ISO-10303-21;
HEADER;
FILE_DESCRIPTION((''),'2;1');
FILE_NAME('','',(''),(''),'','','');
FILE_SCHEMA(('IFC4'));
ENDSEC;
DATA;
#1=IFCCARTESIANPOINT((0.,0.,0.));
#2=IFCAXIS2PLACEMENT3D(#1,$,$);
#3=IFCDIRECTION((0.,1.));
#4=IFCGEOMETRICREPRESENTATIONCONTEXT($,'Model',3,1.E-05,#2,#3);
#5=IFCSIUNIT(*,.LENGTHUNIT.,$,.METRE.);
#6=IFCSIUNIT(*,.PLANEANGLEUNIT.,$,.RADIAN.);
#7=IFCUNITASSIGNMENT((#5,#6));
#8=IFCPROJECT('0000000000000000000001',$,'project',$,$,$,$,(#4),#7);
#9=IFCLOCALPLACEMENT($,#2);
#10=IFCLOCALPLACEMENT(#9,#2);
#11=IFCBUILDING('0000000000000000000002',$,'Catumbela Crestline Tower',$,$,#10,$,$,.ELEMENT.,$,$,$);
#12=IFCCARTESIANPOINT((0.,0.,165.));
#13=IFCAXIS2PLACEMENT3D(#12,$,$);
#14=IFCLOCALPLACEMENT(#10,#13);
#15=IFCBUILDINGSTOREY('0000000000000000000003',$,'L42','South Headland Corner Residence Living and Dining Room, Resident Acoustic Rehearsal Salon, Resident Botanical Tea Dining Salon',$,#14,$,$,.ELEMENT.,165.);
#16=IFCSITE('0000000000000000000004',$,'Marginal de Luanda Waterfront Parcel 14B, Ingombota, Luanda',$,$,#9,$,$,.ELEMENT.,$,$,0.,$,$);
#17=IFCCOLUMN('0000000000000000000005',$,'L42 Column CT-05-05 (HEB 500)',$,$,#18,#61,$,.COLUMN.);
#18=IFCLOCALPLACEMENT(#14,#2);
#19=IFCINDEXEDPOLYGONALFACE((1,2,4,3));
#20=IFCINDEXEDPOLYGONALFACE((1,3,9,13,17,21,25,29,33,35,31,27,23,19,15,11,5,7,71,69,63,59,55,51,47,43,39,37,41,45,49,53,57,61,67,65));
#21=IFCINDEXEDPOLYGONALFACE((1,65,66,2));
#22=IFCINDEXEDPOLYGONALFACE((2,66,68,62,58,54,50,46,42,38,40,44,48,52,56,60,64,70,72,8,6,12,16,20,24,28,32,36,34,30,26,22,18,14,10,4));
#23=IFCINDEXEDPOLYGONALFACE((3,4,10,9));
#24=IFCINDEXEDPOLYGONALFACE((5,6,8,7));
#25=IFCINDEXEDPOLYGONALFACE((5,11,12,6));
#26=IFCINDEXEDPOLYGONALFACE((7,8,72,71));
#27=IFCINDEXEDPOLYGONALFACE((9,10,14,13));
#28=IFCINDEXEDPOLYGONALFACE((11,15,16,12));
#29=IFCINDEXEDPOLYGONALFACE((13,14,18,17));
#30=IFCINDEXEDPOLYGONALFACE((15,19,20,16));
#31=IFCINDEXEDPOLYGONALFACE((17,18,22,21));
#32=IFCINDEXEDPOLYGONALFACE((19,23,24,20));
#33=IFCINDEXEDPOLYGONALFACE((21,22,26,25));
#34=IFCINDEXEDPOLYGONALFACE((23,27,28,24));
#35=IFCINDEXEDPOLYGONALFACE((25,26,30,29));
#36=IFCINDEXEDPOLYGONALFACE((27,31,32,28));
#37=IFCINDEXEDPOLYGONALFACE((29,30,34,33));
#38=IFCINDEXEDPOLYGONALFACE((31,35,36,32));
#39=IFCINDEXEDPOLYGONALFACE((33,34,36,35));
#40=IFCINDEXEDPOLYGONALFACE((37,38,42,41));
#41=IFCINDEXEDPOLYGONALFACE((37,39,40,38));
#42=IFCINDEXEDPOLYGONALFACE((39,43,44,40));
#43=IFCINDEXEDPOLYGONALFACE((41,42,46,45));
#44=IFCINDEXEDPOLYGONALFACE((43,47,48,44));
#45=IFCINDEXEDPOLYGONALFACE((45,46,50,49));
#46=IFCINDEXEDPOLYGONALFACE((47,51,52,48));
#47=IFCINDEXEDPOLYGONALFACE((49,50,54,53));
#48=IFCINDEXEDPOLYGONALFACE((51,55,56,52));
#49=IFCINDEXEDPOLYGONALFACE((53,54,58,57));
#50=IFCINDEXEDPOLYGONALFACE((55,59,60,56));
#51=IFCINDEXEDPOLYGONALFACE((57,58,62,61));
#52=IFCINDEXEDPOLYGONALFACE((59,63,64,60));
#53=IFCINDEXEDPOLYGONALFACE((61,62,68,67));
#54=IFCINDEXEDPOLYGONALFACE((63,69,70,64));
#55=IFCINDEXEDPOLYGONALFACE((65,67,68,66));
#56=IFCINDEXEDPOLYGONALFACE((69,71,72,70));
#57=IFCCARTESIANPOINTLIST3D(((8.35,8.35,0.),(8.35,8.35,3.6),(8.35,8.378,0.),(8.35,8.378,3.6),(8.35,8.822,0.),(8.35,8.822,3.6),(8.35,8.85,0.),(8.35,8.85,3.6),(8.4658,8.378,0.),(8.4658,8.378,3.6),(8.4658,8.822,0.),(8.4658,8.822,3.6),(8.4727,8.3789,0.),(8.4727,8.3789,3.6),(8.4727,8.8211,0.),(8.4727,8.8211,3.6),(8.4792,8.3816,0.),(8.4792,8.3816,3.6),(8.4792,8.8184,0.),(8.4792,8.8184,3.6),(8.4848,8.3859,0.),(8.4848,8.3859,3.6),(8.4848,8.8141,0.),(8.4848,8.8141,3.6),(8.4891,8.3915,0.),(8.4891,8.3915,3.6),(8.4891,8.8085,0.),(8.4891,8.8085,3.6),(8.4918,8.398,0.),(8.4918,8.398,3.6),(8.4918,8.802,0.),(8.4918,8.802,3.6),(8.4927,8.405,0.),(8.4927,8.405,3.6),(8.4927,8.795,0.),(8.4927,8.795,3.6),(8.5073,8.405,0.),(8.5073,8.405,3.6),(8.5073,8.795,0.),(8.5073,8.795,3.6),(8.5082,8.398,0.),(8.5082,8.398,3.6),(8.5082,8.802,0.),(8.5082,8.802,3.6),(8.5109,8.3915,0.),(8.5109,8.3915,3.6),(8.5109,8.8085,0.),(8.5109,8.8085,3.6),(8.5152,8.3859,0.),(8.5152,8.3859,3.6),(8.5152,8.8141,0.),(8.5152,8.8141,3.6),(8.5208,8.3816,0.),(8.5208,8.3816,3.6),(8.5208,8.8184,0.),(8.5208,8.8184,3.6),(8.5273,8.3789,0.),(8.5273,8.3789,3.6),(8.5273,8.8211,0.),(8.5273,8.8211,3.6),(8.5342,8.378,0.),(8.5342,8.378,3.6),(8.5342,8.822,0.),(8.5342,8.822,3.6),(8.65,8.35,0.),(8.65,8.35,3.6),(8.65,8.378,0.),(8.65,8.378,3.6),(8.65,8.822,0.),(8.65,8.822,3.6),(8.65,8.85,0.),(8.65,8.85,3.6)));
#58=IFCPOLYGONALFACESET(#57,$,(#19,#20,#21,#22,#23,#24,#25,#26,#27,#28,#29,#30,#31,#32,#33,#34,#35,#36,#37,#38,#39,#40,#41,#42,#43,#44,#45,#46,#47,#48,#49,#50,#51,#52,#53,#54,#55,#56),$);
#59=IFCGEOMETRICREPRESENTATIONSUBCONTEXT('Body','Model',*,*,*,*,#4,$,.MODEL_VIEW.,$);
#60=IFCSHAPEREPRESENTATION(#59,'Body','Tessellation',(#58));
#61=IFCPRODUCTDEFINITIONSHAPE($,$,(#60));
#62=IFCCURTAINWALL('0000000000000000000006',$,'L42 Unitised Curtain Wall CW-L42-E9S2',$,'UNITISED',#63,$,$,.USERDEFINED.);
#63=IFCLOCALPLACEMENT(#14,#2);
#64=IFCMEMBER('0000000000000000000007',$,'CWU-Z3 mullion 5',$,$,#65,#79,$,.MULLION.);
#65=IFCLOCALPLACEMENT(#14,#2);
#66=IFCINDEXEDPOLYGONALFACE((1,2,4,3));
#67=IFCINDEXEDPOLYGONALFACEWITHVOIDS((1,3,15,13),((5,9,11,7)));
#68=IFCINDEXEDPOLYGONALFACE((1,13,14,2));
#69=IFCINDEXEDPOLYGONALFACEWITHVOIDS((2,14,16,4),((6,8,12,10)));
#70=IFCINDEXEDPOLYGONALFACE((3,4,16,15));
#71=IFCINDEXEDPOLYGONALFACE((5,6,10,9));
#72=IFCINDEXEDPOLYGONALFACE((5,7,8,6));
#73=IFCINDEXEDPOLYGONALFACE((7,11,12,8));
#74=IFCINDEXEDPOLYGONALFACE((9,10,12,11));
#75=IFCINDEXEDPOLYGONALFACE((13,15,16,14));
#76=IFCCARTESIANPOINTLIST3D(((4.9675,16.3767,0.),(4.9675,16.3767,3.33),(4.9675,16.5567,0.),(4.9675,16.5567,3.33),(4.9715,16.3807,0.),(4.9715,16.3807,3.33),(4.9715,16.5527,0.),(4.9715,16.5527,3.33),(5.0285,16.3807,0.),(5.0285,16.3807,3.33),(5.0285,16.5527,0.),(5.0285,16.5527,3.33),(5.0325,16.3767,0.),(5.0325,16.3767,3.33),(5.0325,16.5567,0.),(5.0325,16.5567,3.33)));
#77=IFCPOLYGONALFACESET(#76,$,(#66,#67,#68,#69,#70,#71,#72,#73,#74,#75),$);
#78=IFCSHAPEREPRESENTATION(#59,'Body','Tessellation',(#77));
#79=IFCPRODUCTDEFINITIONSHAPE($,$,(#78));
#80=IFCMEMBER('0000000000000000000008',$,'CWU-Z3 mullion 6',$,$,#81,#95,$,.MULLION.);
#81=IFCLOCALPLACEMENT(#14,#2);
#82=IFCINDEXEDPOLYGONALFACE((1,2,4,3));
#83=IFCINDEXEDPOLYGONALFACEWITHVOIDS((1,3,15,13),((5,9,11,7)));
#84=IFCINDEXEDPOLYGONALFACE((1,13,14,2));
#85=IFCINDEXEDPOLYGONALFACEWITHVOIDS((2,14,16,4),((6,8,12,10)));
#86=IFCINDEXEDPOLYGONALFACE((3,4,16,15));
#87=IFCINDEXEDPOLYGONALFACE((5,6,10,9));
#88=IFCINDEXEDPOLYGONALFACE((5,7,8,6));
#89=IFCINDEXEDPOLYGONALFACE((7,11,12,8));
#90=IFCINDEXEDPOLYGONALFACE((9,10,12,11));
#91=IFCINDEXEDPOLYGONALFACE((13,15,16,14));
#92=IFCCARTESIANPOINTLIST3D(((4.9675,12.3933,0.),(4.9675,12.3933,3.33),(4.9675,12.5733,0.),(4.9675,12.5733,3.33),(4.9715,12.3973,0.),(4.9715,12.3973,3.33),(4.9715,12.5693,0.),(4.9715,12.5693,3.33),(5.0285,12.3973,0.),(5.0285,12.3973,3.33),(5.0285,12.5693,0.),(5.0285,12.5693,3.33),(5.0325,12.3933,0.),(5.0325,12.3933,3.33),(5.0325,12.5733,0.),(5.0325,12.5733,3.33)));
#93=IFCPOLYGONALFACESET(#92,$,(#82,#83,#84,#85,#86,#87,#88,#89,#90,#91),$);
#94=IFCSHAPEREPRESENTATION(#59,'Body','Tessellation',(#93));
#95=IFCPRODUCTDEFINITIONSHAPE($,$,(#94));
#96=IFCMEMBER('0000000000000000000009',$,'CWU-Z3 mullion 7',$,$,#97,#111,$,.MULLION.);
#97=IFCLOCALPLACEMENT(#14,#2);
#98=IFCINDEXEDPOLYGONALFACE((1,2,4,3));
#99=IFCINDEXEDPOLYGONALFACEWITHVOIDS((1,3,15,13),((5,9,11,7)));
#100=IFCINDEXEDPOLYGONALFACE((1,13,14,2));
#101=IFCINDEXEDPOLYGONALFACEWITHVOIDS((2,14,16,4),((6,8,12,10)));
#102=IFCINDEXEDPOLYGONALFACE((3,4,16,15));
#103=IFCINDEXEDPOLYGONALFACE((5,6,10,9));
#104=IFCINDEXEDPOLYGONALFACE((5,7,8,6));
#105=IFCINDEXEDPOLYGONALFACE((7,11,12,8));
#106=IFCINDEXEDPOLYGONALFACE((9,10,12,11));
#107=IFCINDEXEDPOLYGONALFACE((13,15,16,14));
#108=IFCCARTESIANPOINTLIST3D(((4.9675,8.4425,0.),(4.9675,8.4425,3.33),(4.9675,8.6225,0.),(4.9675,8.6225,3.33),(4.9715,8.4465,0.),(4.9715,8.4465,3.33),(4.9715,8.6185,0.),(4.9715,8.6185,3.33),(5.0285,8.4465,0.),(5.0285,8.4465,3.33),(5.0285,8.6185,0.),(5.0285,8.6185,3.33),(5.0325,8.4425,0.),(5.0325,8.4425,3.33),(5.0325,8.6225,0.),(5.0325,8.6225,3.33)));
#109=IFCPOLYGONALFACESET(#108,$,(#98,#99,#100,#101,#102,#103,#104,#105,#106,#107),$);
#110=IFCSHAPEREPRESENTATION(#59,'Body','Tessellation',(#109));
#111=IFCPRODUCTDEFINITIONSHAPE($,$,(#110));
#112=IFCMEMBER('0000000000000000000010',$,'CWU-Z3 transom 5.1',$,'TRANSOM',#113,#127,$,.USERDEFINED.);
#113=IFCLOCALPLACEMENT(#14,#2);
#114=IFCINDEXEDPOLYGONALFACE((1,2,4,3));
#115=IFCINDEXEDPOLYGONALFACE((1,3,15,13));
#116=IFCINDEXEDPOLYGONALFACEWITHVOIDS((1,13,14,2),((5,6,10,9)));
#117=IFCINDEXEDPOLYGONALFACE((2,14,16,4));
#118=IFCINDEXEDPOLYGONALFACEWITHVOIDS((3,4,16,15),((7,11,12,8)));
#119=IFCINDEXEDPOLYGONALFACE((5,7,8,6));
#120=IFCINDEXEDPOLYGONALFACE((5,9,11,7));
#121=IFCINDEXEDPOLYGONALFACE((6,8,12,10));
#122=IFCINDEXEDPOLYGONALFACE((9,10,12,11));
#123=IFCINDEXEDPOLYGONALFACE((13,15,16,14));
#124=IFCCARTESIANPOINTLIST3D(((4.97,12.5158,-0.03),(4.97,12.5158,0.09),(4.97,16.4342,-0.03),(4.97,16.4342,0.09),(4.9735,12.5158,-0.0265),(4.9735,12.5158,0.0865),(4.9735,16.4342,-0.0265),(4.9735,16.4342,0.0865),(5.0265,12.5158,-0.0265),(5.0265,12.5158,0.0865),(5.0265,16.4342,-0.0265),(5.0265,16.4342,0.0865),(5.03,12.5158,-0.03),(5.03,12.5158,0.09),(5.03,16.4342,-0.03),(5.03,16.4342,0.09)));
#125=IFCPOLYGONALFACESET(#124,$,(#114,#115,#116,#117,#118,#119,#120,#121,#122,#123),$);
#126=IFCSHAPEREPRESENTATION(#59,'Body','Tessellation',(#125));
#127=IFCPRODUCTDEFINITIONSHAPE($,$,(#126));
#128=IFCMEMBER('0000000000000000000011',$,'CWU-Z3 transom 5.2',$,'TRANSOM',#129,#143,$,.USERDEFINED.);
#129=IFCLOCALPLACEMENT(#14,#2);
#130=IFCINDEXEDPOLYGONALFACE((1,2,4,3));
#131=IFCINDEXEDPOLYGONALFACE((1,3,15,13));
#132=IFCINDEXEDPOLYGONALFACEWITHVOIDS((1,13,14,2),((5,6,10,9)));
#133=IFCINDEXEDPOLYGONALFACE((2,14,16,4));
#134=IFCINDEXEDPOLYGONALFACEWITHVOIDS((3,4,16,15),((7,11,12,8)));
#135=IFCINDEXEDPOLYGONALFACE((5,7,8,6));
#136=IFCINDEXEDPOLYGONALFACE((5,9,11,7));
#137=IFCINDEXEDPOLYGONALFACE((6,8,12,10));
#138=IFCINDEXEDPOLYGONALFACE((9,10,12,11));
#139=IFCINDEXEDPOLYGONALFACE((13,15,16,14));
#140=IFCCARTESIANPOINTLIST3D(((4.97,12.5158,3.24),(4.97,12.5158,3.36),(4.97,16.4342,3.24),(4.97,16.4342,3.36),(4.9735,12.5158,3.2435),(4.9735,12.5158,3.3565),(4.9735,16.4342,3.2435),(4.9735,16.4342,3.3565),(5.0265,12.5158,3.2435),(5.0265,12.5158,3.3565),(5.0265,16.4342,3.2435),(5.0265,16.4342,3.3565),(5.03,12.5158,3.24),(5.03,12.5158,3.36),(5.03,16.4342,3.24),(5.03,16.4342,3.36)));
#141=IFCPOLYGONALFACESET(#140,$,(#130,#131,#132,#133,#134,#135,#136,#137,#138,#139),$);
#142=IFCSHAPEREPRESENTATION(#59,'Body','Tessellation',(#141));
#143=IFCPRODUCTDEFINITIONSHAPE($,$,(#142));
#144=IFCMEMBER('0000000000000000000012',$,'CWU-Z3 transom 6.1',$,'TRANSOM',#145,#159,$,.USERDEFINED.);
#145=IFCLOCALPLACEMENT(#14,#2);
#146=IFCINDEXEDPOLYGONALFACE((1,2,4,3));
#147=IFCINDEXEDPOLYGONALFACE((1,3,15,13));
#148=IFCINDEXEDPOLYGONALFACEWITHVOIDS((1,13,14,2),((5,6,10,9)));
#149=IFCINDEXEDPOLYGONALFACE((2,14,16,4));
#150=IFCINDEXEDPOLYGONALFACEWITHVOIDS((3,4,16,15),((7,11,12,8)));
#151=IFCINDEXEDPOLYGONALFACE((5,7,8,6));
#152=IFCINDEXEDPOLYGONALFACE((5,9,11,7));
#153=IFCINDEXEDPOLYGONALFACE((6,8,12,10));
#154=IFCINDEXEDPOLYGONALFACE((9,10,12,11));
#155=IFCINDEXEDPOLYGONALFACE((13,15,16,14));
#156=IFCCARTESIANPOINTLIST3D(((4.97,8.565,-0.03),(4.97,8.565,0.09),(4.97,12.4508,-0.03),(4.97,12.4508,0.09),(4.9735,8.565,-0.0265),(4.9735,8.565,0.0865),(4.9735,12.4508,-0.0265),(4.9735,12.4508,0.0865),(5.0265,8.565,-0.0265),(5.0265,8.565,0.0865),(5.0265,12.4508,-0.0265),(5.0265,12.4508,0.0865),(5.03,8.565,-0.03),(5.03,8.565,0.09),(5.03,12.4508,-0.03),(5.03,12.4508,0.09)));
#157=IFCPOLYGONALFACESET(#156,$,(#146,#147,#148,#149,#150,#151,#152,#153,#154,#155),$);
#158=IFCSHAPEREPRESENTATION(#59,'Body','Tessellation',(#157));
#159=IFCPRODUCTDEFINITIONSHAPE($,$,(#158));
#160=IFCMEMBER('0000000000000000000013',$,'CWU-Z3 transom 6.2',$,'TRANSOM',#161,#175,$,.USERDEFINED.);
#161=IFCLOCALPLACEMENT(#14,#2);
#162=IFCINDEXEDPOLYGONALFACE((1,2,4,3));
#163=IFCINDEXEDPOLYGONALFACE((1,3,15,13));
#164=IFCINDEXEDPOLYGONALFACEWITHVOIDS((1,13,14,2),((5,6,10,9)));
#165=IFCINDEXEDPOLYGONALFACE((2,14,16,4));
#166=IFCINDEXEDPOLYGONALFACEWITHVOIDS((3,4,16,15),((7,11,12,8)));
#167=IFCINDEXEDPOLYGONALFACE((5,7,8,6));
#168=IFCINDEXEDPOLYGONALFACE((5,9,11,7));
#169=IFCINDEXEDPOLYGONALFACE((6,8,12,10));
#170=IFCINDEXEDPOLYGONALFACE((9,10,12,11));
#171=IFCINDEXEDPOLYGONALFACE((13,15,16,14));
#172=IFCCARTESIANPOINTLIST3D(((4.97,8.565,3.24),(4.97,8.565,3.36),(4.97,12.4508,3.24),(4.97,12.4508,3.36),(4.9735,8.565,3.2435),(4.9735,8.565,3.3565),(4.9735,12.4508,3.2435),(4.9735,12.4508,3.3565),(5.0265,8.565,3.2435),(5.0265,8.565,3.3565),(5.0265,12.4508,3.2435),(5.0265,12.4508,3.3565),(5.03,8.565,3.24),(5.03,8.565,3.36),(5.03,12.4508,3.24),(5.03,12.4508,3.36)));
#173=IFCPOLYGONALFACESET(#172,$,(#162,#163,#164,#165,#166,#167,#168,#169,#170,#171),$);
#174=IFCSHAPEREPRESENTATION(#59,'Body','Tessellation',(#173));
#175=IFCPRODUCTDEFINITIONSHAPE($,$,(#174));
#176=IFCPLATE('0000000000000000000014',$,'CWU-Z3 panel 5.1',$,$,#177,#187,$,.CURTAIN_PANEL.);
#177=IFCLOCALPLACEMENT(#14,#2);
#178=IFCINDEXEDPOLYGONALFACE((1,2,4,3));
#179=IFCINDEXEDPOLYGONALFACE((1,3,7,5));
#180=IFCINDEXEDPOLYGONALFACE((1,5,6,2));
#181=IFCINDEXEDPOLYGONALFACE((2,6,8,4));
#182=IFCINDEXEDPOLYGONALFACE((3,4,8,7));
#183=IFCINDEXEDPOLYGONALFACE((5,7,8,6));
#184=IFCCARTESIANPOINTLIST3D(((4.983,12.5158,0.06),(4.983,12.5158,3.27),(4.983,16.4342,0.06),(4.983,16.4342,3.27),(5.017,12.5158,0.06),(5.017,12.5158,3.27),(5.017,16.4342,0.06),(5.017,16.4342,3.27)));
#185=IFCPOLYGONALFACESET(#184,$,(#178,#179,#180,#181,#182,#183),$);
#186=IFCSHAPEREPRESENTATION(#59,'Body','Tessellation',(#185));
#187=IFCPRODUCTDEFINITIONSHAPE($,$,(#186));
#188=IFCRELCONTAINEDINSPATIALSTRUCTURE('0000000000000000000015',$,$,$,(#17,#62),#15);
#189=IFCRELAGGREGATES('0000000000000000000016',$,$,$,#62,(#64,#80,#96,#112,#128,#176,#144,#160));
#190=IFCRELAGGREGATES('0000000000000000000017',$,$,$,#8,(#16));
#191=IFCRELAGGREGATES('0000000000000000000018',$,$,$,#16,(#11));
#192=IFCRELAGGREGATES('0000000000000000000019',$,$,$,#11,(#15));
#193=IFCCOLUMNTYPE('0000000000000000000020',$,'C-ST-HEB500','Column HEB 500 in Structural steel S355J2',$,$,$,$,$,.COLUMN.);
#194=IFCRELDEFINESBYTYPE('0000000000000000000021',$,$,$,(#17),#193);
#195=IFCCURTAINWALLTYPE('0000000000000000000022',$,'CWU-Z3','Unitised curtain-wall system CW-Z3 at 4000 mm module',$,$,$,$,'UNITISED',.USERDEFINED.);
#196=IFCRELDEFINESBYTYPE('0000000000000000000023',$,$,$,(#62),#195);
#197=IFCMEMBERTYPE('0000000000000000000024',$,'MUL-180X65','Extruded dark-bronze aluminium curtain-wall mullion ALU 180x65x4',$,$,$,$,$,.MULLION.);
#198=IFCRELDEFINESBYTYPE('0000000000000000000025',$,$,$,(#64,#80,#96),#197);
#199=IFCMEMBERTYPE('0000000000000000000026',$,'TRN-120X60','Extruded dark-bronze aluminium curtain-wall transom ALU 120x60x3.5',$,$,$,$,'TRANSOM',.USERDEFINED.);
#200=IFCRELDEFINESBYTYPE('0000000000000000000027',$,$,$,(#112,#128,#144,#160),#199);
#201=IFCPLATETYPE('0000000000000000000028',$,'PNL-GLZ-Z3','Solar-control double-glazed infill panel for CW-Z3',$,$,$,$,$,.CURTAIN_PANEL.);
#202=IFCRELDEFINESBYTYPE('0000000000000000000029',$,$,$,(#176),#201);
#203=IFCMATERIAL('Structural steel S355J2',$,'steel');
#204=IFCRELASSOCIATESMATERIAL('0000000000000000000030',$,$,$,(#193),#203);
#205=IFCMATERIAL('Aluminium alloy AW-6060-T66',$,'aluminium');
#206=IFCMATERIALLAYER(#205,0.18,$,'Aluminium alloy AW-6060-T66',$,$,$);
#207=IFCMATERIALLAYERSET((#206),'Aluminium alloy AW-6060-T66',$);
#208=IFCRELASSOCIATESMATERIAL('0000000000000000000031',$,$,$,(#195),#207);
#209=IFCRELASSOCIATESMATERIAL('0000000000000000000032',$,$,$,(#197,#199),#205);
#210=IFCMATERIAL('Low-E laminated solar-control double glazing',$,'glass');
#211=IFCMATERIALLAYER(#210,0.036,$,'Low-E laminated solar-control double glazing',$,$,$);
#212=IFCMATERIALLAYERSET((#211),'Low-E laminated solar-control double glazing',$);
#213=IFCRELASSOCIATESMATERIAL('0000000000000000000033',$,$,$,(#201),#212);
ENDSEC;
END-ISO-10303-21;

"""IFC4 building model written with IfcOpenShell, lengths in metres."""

from ifc_helpers import new_model, si_unit, direction, frame, origin, origin_2d, place, context, subcontext, project, spatial, rectangle, hollow_rectangle, i_section, extrude, material, layer, layer_set, material_profile, profile_set, type_object, element, aggregate, save


model = new_model("IFC4")

# Units and contexts
model_context = context("Model", 3, precision=1e-05, world=origin(), true_north=direction((0.0, 1.0)))
body_context = subcontext(model_context, "Body", "Model", "MODEL_VIEW")
ifc_project = project(units=[si_unit("LENGTHUNIT", "METRE"), si_unit("PLANEANGLEUNIT", "RADIAN")], contexts=[model_context])

# Site, building, storey
site_placement = place(None, origin())
site = spatial("IfcSite", under=ifc_project, at=site_placement, Name="Marginal de Luanda Waterfront Parcel 14B, Ingombota, Luanda", CompositionType="ELEMENT", RefElevation=0.0)
building_placement = place(site_placement, origin())
building = spatial("IfcBuilding", under=site, at=building_placement, Name="Catumbela Crestline Tower", CompositionType="ELEMENT")
storey_placement = place(building_placement, frame((0.0, 0.0, 165.0)))
storey = spatial("IfcBuildingStorey", under=building, at=storey_placement, Name="L42", Description="South Headland Corner Residence Living and Dining Room, Resident Acoustic Rehearsal Salon, Resident Botanical Tea Dining Salon", CompositionType="ELEMENT", Elevation=165.0)

# Column
ifc_material_1 = material(Name="Structural steel S355J2", Category="steel")
ifc_material_profile_1 = material_profile(ifc_material_1, i_section(OverallWidth=0.3, OverallDepth=0.5, WebThickness=0.0145, FlangeThickness=0.028, FilletRadius=0.027, at=origin_2d()), Name="HEB 500")
ifc_profile_set_1 = profile_set([ifc_material_profile_1], Name="Structural steel S355J2")
column_type = type_object("IfcColumnType", Name="C-ST-HEB500", Description="Column HEB 500 in Structural steel S355J2", PredefinedType="COLUMN", material=ifc_profile_set_1)
column_placement = place(storey_placement, frame((8.5, 8.6, 0.0), z_axis=(0.0, 0.0, 1.0), x_axis=(1.0, 0.0, 0.0)))
element("IfcColumn", 1, at=column_placement, inside=storey, type_object=column_type, Name="L42 Column CT-05-05 (HEB 500)", PredefinedType="COLUMN", context=body_context, shape_type="SweptSolid", body=[
    extrude(i_section(OverallWidth=0.3, OverallDepth=0.5, WebThickness=0.0145, FlangeThickness=0.028, FilletRadius=0.027, at=origin_2d()), origin(), (0.0, 0.0, 1.0), 3.6),
])

# Curtain wall, members, plate
ifc_material_2 = material(Name="Aluminium alloy AW-6060-T66", Category="aluminium")
ifc_layer_1 = layer(ifc_material_2, 0.18, Name="Aluminium alloy AW-6060-T66")
ifc_layer_set_1 = layer_set([ifc_layer_1], Name="Aluminium alloy AW-6060-T66")
curtain_wall_type = type_object("IfcCurtainWallType", Name="CWU-Z3", Description="Unitised curtain-wall system CW-Z3 at 4000 mm module", ElementType="UNITISED", PredefinedType="USERDEFINED", material=ifc_layer_set_1)
curtain_wall_placement = place(storey_placement, origin())
curtain_wall = element("IfcCurtainWall", 2, at=curtain_wall_placement, inside=storey, type_object=curtain_wall_type, Name="L42 Unitised Curtain Wall CW-L42-E9S2", ObjectType="UNITISED", PredefinedType="USERDEFINED")
ifc_material_profile_2 = material_profile(ifc_material_2, hollow_rectangle(XDim=0.065, YDim=0.18, WallThickness=0.004, at=origin_2d()), Name="ALU 180x65x4")
ifc_profile_set_2 = profile_set([ifc_material_profile_2], Name="Aluminium alloy AW-6060-T66")
member_type_1 = type_object("IfcMemberType", Name="MUL-180X65", Description="Extruded dark-bronze aluminium curtain-wall mullion ALU 180x65x4", PredefinedType="MULLION", material=ifc_profile_set_2)
member_1_placement = place(storey_placement, frame((5.0, 16.4667, 0.0), z_axis=(0.0, 0.0, 1.0), x_axis=(1.0, 0.0, 0.0)))
member_1 = element("IfcMember", 3, at=member_1_placement, type_object=member_type_1, Name="CWU-Z3 mullion 5", PredefinedType="MULLION", context=body_context, shape_type="SweptSolid", body=[
    extrude(hollow_rectangle(XDim=0.065, YDim=0.18, WallThickness=0.004, at=origin_2d()), origin(), (0.0, 0.0, 1.0), 3.33),
])
member_2_placement = place(storey_placement, frame((5.0, 12.4833, 0.0), z_axis=(0.0, 0.0, 1.0), x_axis=(1.0, 0.0, 0.0)))
member_2 = element("IfcMember", 4, at=member_2_placement, type_object=member_type_1, Name="CWU-Z3 mullion 6", PredefinedType="MULLION", context=body_context, shape_type="SweptSolid", body=[
    extrude(hollow_rectangle(XDim=0.065, YDim=0.18, WallThickness=0.004, at=origin_2d()), origin(), (0.0, 0.0, 1.0), 3.33),
])
member_3_placement = place(storey_placement, frame((5.0, 8.5325, 0.0), z_axis=(0.0, 0.0, 1.0), x_axis=(1.0, 0.0, 0.0)))
member_3 = element("IfcMember", 5, at=member_3_placement, type_object=member_type_1, Name="CWU-Z3 mullion 7", PredefinedType="MULLION", context=body_context, shape_type="SweptSolid", body=[
    extrude(hollow_rectangle(XDim=0.065, YDim=0.18, WallThickness=0.004, at=origin_2d()), origin(), (0.0, 0.0, 1.0), 3.33),
])
ifc_material_profile_3 = material_profile(ifc_material_2, hollow_rectangle(XDim=0.06, YDim=0.12, WallThickness=0.0035, at=origin_2d()), Name="ALU 120x60x3.5")
ifc_profile_set_3 = profile_set([ifc_material_profile_3], Name="Aluminium alloy AW-6060-T66")
member_type_2 = type_object("IfcMemberType", Name="TRN-120X60", Description="Extruded dark-bronze aluminium curtain-wall transom ALU 120x60x3.5", ElementType="TRANSOM", PredefinedType="USERDEFINED", material=ifc_profile_set_3)
member_4_placement = place(storey_placement, frame((5.0, 16.4342, 0.03), z_axis=(0.0, -1.0, 0.0), x_axis=(1.0, 0.0, 0.0)))
member_4 = element("IfcMember", 6, at=member_4_placement, type_object=member_type_2, Name="CWU-Z3 transom 5.1", ObjectType="TRANSOM", PredefinedType="USERDEFINED", context=body_context, shape_type="SweptSolid", body=[
    extrude(hollow_rectangle(XDim=0.06, YDim=0.12, WallThickness=0.0035, at=origin_2d()), origin(), (0.0, 0.0, 1.0), 3.9184),
])
member_5_placement = place(storey_placement, frame((5.0, 16.4342, 3.3), z_axis=(0.0, -1.0, 0.0), x_axis=(1.0, 0.0, 0.0)))
member_5 = element("IfcMember", 7, at=member_5_placement, type_object=member_type_2, Name="CWU-Z3 transom 5.2", ObjectType="TRANSOM", PredefinedType="USERDEFINED", context=body_context, shape_type="SweptSolid", body=[
    extrude(hollow_rectangle(XDim=0.06, YDim=0.12, WallThickness=0.0035, at=origin_2d()), origin(), (0.0, 0.0, 1.0), 3.9184),
])
member_6_placement = place(storey_placement, frame((5.0, 12.4508, 0.03), z_axis=(0.0, -1.0, 0.0), x_axis=(1.0, 0.0, 0.0)))
member_6 = element("IfcMember", 8, at=member_6_placement, type_object=member_type_2, Name="CWU-Z3 transom 6.1", ObjectType="TRANSOM", PredefinedType="USERDEFINED", context=body_context, shape_type="SweptSolid", body=[
    extrude(hollow_rectangle(XDim=0.06, YDim=0.12, WallThickness=0.0035, at=origin_2d()), origin(), (0.0, 0.0, 1.0), 3.8858),
])
member_7_placement = place(storey_placement, frame((5.0, 12.4508, 3.3), z_axis=(0.0, -1.0, 0.0), x_axis=(1.0, 0.0, 0.0)))
member_7 = element("IfcMember", 9, at=member_7_placement, type_object=member_type_2, Name="CWU-Z3 transom 6.2", ObjectType="TRANSOM", PredefinedType="USERDEFINED", context=body_context, shape_type="SweptSolid", body=[
    extrude(hollow_rectangle(XDim=0.06, YDim=0.12, WallThickness=0.0035, at=origin_2d()), origin(), (0.0, 0.0, 1.0), 3.8858),
])
ifc_material_3 = material(Name="Low-E laminated solar-control double glazing", Category="glass")
ifc_layer_2 = layer(ifc_material_3, 0.036, Name="Low-E laminated solar-control double glazing")
ifc_layer_set_2 = layer_set([ifc_layer_2], Name="Low-E laminated solar-control double glazing")
plate_type = type_object("IfcPlateType", Name="PNL-GLZ-Z3", Description="Solar-control double-glazed infill panel for CW-Z3", PredefinedType="CURTAIN_PANEL", material=ifc_layer_set_2)
plate_1_placement = place(storey_placement, frame((5.0, 14.475, 0.06), z_axis=(0.0, 0.0, 1.0), x_axis=(0.0, -1.0, 0.0)))
plate_1 = element("IfcPlate", 10, at=plate_1_placement, type_object=plate_type, Name="CWU-Z3 panel 5.1", PredefinedType="CURTAIN_PANEL", context=body_context, shape_type="SweptSolid", body=[
    extrude(rectangle(XDim=3.9183, YDim=0.034, at=origin_2d()), origin(), (0.0, 0.0, 1.0), 3.21),
])
aggregate(curtain_wall, [member_1, member_2, member_3, member_4, member_5, plate_1, member_6, member_7])

save(model, "model.ifc")
